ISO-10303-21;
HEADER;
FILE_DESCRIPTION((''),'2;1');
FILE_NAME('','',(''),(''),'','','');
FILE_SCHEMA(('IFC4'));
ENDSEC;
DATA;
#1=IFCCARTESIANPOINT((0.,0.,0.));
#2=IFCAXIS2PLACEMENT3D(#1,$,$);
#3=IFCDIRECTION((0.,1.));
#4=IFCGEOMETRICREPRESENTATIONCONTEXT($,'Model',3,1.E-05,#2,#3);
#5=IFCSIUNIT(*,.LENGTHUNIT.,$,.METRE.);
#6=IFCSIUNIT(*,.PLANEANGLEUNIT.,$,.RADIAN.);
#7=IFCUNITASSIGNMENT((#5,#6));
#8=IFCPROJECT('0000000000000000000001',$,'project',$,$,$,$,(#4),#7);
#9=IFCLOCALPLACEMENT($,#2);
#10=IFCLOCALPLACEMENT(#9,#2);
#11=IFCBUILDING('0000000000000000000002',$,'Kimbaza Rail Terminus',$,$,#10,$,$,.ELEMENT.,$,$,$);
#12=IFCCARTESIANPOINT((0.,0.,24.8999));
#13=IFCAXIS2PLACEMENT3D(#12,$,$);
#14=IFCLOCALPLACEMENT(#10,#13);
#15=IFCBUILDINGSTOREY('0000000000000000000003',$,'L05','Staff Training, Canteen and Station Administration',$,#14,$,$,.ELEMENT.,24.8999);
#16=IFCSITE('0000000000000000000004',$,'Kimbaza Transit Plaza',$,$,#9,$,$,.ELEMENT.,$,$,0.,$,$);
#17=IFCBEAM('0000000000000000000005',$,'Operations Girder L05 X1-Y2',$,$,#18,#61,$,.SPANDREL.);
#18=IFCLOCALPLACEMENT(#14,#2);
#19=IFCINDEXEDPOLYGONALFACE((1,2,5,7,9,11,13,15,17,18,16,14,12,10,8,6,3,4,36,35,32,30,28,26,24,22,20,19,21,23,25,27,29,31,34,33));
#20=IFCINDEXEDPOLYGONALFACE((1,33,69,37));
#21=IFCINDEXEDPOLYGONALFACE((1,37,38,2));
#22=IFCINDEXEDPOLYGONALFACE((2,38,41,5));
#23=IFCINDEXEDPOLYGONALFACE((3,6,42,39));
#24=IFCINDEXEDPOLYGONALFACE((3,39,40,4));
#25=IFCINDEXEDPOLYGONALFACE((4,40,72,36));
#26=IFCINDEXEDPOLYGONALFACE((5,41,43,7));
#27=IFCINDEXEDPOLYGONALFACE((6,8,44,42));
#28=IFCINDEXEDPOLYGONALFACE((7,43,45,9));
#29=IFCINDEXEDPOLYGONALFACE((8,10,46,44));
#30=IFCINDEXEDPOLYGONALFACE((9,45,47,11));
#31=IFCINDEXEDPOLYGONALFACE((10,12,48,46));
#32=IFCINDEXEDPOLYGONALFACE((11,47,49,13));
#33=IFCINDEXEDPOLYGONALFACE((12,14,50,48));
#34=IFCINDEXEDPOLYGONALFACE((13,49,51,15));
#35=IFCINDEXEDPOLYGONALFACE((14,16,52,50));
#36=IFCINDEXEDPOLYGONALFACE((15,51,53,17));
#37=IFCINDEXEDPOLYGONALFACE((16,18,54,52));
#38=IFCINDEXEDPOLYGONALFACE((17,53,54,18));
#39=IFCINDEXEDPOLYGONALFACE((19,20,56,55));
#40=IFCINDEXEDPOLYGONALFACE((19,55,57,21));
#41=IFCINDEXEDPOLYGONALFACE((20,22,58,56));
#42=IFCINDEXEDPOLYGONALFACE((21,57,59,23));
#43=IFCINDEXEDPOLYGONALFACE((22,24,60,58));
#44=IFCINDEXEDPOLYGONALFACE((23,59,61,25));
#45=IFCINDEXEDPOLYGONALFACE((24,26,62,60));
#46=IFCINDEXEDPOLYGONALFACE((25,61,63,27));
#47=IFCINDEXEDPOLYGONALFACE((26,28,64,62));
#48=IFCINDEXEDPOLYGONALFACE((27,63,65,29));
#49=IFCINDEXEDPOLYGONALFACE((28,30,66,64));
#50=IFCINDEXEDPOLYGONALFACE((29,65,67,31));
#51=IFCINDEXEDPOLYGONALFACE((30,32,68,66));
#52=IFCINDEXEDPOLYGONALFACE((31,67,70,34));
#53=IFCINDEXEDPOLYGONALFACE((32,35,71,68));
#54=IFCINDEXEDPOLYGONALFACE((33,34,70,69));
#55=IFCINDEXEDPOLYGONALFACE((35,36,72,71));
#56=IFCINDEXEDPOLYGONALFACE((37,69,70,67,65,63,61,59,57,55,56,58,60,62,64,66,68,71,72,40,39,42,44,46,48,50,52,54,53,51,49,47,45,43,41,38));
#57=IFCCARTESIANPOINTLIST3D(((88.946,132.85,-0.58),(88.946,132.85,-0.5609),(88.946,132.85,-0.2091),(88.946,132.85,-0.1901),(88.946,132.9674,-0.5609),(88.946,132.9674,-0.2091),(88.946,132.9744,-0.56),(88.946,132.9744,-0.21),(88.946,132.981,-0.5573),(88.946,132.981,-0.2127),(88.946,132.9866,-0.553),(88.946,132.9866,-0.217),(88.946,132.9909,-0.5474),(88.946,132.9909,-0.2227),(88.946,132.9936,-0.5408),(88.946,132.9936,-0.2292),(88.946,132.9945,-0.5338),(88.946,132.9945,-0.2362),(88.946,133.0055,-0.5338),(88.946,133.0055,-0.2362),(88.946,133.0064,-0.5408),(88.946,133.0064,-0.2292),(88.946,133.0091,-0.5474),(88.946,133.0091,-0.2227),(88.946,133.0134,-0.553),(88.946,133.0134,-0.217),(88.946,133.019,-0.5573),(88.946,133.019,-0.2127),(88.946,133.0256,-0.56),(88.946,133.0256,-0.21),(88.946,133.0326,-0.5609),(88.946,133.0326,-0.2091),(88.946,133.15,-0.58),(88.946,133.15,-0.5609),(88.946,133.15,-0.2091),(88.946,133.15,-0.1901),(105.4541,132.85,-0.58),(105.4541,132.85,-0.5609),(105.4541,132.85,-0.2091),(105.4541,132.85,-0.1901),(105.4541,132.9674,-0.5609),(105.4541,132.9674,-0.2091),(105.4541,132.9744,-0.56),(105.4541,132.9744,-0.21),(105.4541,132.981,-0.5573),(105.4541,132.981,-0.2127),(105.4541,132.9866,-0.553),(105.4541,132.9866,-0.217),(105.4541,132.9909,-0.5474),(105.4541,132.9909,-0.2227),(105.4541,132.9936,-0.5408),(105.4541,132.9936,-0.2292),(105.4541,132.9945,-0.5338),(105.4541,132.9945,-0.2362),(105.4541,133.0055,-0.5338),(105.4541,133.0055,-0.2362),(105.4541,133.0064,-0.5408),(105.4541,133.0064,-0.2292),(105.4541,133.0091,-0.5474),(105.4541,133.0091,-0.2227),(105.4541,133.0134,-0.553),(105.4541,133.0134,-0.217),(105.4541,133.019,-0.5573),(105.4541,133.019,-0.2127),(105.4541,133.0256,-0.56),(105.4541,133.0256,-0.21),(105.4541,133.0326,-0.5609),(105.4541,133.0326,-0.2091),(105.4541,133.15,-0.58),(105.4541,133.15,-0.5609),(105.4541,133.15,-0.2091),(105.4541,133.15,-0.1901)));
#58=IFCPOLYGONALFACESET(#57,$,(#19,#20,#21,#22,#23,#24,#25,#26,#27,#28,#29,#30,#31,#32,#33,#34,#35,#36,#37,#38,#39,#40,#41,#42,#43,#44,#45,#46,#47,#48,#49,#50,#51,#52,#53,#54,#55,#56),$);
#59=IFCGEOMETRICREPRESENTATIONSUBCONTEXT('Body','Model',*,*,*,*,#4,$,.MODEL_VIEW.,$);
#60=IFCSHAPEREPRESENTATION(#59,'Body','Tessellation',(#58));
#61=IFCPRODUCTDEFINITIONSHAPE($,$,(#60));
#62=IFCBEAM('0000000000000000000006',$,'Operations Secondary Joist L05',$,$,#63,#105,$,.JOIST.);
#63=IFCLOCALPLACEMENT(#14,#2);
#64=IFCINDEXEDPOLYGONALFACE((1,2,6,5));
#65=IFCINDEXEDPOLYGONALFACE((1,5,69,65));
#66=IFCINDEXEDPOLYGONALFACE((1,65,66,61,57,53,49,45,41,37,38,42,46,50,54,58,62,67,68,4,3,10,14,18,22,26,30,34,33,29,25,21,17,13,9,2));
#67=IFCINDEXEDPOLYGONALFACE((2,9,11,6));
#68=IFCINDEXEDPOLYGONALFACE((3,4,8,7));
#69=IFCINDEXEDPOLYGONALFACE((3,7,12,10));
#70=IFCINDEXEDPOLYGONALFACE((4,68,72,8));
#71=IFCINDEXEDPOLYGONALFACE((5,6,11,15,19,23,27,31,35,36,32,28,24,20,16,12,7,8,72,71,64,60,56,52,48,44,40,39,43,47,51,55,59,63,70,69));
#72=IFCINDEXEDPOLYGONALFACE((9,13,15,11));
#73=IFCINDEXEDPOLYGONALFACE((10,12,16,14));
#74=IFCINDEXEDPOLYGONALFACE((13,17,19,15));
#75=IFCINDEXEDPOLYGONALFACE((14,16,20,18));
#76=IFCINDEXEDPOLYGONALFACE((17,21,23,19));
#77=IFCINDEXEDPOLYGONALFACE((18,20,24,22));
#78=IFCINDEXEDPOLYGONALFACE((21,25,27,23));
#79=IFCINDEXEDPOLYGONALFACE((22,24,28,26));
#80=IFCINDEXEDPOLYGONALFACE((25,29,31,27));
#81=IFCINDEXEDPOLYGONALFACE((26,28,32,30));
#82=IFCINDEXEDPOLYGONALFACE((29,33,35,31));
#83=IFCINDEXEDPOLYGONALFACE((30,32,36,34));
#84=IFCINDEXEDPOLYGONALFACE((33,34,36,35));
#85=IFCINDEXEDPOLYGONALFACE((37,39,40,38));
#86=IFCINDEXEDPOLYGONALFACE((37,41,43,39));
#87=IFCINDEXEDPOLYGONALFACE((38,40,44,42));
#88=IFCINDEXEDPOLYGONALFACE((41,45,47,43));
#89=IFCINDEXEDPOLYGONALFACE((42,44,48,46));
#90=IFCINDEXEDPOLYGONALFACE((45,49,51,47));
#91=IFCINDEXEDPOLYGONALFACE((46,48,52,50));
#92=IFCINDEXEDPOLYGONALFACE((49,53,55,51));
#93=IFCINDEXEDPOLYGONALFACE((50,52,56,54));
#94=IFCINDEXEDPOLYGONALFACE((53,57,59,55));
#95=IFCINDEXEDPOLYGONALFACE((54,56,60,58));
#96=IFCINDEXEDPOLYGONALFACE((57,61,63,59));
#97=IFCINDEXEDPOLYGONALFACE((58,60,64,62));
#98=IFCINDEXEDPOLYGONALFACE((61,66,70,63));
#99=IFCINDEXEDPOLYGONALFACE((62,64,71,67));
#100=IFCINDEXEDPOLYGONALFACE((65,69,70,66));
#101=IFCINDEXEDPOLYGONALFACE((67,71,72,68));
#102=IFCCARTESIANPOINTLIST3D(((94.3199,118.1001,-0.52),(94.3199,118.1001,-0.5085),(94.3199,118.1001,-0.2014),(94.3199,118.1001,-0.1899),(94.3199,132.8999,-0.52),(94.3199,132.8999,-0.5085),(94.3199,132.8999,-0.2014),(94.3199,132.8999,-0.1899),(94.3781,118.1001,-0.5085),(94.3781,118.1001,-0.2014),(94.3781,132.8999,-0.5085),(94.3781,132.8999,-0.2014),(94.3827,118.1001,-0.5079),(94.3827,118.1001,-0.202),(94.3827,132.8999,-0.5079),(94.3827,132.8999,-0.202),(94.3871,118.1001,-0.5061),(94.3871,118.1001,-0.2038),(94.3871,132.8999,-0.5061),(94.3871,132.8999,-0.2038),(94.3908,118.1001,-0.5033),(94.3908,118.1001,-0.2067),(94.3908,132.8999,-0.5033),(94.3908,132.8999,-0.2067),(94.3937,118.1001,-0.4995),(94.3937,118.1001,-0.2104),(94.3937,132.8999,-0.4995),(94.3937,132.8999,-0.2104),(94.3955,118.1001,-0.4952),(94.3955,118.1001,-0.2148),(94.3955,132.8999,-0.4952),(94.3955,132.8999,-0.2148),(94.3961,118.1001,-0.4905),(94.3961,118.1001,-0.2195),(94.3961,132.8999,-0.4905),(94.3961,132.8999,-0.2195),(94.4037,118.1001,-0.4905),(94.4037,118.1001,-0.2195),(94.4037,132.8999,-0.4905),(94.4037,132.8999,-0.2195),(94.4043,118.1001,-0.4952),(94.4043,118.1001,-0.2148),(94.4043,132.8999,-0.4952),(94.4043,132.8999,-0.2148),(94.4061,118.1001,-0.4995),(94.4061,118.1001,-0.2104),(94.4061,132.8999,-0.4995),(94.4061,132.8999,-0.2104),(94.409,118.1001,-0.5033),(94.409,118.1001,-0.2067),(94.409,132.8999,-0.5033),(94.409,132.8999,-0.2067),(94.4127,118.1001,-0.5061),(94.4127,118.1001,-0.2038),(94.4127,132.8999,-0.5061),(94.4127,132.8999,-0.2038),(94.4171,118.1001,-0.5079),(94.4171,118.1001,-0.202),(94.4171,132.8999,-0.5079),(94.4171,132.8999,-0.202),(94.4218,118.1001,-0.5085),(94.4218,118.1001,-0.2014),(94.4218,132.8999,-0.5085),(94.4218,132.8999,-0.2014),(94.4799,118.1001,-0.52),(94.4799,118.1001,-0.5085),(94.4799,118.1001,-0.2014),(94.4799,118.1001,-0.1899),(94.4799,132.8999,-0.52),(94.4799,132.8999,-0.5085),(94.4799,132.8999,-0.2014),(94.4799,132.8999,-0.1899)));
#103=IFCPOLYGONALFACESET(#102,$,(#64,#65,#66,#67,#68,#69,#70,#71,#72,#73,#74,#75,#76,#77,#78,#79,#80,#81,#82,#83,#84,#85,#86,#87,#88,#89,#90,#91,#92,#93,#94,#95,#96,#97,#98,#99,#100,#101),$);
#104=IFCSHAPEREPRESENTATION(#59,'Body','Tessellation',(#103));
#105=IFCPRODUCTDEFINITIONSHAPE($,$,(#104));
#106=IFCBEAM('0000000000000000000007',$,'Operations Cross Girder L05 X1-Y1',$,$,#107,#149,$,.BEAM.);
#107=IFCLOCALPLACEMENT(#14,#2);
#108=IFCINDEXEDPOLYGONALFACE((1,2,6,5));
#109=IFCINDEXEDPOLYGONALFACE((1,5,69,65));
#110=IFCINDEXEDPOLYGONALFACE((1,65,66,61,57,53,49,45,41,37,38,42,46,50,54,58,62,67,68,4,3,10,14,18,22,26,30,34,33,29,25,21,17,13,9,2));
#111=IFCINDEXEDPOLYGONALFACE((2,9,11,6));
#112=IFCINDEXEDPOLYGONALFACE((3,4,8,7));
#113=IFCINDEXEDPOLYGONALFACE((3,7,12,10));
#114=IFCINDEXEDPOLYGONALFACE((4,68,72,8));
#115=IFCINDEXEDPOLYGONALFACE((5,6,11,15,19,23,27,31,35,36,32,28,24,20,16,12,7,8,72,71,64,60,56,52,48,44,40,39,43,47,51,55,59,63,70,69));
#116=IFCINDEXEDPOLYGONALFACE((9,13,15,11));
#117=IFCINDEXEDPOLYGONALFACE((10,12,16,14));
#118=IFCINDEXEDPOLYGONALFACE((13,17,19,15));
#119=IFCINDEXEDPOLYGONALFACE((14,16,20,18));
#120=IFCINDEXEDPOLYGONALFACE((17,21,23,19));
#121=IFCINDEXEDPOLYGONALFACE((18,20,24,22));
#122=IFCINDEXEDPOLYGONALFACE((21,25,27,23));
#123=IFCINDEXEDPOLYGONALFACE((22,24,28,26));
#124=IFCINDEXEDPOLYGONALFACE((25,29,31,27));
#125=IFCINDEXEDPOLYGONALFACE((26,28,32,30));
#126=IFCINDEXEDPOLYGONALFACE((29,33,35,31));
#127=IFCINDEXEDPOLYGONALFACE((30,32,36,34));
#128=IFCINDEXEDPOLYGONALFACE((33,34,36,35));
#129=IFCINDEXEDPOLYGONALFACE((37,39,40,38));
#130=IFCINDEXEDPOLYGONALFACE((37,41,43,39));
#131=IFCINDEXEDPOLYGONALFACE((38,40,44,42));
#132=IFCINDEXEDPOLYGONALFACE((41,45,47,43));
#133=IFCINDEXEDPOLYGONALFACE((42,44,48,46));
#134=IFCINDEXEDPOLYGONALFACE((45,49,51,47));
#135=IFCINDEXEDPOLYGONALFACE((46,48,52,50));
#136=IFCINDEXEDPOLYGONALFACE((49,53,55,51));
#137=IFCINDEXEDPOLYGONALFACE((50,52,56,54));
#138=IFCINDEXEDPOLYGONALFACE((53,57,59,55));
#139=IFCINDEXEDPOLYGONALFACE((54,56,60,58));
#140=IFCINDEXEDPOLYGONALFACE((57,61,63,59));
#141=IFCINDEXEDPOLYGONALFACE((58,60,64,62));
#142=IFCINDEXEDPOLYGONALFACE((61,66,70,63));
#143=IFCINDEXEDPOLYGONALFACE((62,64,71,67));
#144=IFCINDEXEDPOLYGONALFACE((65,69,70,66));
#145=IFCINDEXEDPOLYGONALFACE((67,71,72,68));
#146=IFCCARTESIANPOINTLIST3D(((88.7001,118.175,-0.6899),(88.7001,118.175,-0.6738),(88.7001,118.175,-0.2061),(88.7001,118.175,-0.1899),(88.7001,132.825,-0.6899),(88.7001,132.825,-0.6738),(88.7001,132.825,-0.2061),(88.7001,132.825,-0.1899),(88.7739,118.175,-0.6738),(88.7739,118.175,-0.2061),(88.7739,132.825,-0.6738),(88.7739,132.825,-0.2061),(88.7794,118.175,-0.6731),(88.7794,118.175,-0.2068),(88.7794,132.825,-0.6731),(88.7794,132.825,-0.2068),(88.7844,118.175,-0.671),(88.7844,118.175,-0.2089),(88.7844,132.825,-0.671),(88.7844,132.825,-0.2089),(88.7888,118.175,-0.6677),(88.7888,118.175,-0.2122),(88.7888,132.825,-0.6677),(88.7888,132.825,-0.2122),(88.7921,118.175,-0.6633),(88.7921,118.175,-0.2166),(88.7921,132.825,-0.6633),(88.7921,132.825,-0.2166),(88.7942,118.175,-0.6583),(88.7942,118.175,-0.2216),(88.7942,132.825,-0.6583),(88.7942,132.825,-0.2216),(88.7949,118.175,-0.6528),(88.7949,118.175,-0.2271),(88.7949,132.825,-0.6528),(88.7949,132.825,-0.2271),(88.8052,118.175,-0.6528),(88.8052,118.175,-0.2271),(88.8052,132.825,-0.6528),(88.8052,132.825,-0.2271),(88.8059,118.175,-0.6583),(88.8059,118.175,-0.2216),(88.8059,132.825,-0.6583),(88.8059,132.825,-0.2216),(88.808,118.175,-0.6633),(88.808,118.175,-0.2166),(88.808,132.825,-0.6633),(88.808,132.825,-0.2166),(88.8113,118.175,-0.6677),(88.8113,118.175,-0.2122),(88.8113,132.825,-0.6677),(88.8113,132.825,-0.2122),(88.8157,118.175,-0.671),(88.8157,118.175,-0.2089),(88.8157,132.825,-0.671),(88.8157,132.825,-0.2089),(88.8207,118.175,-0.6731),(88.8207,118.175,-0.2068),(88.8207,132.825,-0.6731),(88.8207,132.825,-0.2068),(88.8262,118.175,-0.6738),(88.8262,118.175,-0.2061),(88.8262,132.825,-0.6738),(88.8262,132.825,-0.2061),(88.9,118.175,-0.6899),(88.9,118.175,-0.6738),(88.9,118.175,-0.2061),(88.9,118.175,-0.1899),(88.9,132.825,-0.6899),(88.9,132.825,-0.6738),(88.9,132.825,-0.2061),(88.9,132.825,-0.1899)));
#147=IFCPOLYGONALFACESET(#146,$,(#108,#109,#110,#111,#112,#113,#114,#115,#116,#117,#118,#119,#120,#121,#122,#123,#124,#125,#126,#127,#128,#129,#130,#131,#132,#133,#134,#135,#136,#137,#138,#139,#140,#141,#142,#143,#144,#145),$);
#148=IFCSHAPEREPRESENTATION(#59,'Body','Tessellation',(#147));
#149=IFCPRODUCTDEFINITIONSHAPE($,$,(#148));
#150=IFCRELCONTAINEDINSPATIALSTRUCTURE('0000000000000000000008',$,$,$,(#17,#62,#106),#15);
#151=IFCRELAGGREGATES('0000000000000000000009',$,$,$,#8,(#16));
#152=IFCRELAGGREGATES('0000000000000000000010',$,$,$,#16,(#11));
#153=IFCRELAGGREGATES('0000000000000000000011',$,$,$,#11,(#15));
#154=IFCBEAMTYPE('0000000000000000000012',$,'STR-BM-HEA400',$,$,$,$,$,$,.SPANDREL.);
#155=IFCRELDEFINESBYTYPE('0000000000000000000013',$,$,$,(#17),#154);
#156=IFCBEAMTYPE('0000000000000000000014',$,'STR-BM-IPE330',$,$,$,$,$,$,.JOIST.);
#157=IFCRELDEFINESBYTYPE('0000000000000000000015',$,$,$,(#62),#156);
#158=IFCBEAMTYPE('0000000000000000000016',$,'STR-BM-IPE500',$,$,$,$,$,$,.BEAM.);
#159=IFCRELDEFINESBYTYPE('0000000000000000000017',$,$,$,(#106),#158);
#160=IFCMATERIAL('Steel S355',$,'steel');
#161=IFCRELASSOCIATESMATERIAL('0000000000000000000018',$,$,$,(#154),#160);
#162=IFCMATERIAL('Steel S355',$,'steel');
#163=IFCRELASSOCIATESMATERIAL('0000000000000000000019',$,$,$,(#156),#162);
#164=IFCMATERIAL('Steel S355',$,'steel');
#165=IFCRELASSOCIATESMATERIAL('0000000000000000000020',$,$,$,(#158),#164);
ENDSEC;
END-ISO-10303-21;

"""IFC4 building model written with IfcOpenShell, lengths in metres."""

from ifc_helpers import new_model, si_unit, direction, frame, origin, origin_2d, place, context, subcontext, project, spatial, i_section, extrude, material, material_profile, profile_set, type_object, element, save


model = new_model("IFC4")

# Units and contexts
model_context = context("Model", 3, precision=1e-05, world=origin(), true_north=direction((0.0, 1.0)))
body_context = subcontext(model_context, "Body", "Model", "MODEL_VIEW")
ifc_project = project(units=[si_unit("LENGTHUNIT", "METRE"), si_unit("PLANEANGLEUNIT", "RADIAN")], contexts=[model_context])

# Site, building, storey
site_placement = place(None, origin())
site = spatial("IfcSite", under=ifc_project, at=site_placement, Name="Kimbaza Transit Plaza", CompositionType="ELEMENT", RefElevation=0.0)
building_placement = place(site_placement, origin())
building = spatial("IfcBuilding", under=site, at=building_placement, Name="Kimbaza Rail Terminus", CompositionType="ELEMENT")
storey_placement = place(building_placement, frame((0.0, 0.0, 24.8999)))
storey = spatial("IfcBuildingStorey", under=building, at=storey_placement, Name="L05", Description="Staff Training, Canteen and Station Administration", CompositionType="ELEMENT", Elevation=24.8999)

# Beams
ifc_material_1 = material(Name="Steel S355", Category="steel")
ifc_material_profile_1 = material_profile(ifc_material_1, i_section(OverallWidth=0.3, OverallDepth=0.3899, WebThickness=0.011, FlangeThickness=0.019, FilletRadius=0.0271, at=origin_2d()), Name="HEA 400")
ifc_profile_set_1 = profile_set([ifc_material_profile_1], Name="Steel S355")
beam_type_1 = type_object("IfcBeamType", Name="STR-BM-HEA400", PredefinedType="SPANDREL", material=ifc_profile_set_1)
beam_1_placement = place(storey_placement, frame((88.946, 133.0, -0.385), z_axis=(1.0, 0.0, 0.0), x_axis=(0.0, 1.0, 0.0)))
element("IfcBeam", 1, at=beam_1_placement, inside=storey, type_object=beam_type_1, Name="Operations Girder L05 X1-Y2", PredefinedType="SPANDREL", context=body_context, shape_type="SweptSolid", body=[
    extrude(i_section(OverallWidth=0.3, OverallDepth=0.3899, WebThickness=0.011, FlangeThickness=0.019, FilletRadius=0.0271, at=origin_2d()), origin(), (0.0, 0.0, 1.0), 16.5081),
])
ifc_material_2 = material(Name="Steel S355", Category="steel")
ifc_material_profile_2 = material_profile(ifc_material_2, i_section(OverallWidth=0.1599, OverallDepth=0.3301, WebThickness=0.0076, FlangeThickness=0.0115, FilletRadius=0.0181, at=origin_2d()), Name="IPE 330")
ifc_profile_set_2 = profile_set([ifc_material_profile_2], Name="Steel S355")
beam_type_2 = type_object("IfcBeamType", Name="STR-BM-IPE330", PredefinedType="JOIST", material=ifc_profile_set_2)
beam_2_placement = place(storey_placement, frame((94.3999, 118.1001, -0.355), z_axis=(0.0, 1.0, 0.0), x_axis=(-1.0, 0.0, 0.0)))
element("IfcBeam", 2, at=beam_2_placement, inside=storey, type_object=beam_type_2, Name="Operations Secondary Joist L05", PredefinedType="JOIST", context=body_context, shape_type="SweptSolid", body=[
    extrude(i_section(OverallWidth=0.1599, OverallDepth=0.3301, WebThickness=0.0076, FlangeThickness=0.0115, FilletRadius=0.0181, at=origin_2d()), origin(), (0.0, 0.0, 1.0), 14.7998),
])
ifc_material_3 = material(Name="Steel S355", Category="steel")
ifc_material_profile_3 = material_profile(ifc_material_3, i_section(OverallWidth=0.2, OverallDepth=0.5, WebThickness=0.0103, FlangeThickness=0.0161, FilletRadius=0.021, at=origin_2d()), Name="IPE 500")
ifc_profile_set_3 = profile_set([ifc_material_profile_3], Name="Steel S355")
beam_type_3 = type_object("IfcBeamType", Name="STR-BM-IPE500", PredefinedType="BEAM", material=ifc_profile_set_3)
beam_3_placement = place(storey_placement, frame((88.8, 118.175, -0.4399), z_axis=(0.0, 1.0, 0.0), x_axis=(-1.0, 0.0, 0.0)))
element("IfcBeam", 3, at=beam_3_placement, inside=storey, type_object=beam_type_3, Name="Operations Cross Girder L05 X1-Y1", PredefinedType="BEAM", context=body_context, shape_type="SweptSolid", body=[
    extrude(i_section(OverallWidth=0.2, OverallDepth=0.5, WebThickness=0.0103, FlangeThickness=0.0161, FilletRadius=0.021, at=origin_2d()), origin(), (0.0, 0.0, 1.0), 14.6499),
])

save(model, "model.ifc")
